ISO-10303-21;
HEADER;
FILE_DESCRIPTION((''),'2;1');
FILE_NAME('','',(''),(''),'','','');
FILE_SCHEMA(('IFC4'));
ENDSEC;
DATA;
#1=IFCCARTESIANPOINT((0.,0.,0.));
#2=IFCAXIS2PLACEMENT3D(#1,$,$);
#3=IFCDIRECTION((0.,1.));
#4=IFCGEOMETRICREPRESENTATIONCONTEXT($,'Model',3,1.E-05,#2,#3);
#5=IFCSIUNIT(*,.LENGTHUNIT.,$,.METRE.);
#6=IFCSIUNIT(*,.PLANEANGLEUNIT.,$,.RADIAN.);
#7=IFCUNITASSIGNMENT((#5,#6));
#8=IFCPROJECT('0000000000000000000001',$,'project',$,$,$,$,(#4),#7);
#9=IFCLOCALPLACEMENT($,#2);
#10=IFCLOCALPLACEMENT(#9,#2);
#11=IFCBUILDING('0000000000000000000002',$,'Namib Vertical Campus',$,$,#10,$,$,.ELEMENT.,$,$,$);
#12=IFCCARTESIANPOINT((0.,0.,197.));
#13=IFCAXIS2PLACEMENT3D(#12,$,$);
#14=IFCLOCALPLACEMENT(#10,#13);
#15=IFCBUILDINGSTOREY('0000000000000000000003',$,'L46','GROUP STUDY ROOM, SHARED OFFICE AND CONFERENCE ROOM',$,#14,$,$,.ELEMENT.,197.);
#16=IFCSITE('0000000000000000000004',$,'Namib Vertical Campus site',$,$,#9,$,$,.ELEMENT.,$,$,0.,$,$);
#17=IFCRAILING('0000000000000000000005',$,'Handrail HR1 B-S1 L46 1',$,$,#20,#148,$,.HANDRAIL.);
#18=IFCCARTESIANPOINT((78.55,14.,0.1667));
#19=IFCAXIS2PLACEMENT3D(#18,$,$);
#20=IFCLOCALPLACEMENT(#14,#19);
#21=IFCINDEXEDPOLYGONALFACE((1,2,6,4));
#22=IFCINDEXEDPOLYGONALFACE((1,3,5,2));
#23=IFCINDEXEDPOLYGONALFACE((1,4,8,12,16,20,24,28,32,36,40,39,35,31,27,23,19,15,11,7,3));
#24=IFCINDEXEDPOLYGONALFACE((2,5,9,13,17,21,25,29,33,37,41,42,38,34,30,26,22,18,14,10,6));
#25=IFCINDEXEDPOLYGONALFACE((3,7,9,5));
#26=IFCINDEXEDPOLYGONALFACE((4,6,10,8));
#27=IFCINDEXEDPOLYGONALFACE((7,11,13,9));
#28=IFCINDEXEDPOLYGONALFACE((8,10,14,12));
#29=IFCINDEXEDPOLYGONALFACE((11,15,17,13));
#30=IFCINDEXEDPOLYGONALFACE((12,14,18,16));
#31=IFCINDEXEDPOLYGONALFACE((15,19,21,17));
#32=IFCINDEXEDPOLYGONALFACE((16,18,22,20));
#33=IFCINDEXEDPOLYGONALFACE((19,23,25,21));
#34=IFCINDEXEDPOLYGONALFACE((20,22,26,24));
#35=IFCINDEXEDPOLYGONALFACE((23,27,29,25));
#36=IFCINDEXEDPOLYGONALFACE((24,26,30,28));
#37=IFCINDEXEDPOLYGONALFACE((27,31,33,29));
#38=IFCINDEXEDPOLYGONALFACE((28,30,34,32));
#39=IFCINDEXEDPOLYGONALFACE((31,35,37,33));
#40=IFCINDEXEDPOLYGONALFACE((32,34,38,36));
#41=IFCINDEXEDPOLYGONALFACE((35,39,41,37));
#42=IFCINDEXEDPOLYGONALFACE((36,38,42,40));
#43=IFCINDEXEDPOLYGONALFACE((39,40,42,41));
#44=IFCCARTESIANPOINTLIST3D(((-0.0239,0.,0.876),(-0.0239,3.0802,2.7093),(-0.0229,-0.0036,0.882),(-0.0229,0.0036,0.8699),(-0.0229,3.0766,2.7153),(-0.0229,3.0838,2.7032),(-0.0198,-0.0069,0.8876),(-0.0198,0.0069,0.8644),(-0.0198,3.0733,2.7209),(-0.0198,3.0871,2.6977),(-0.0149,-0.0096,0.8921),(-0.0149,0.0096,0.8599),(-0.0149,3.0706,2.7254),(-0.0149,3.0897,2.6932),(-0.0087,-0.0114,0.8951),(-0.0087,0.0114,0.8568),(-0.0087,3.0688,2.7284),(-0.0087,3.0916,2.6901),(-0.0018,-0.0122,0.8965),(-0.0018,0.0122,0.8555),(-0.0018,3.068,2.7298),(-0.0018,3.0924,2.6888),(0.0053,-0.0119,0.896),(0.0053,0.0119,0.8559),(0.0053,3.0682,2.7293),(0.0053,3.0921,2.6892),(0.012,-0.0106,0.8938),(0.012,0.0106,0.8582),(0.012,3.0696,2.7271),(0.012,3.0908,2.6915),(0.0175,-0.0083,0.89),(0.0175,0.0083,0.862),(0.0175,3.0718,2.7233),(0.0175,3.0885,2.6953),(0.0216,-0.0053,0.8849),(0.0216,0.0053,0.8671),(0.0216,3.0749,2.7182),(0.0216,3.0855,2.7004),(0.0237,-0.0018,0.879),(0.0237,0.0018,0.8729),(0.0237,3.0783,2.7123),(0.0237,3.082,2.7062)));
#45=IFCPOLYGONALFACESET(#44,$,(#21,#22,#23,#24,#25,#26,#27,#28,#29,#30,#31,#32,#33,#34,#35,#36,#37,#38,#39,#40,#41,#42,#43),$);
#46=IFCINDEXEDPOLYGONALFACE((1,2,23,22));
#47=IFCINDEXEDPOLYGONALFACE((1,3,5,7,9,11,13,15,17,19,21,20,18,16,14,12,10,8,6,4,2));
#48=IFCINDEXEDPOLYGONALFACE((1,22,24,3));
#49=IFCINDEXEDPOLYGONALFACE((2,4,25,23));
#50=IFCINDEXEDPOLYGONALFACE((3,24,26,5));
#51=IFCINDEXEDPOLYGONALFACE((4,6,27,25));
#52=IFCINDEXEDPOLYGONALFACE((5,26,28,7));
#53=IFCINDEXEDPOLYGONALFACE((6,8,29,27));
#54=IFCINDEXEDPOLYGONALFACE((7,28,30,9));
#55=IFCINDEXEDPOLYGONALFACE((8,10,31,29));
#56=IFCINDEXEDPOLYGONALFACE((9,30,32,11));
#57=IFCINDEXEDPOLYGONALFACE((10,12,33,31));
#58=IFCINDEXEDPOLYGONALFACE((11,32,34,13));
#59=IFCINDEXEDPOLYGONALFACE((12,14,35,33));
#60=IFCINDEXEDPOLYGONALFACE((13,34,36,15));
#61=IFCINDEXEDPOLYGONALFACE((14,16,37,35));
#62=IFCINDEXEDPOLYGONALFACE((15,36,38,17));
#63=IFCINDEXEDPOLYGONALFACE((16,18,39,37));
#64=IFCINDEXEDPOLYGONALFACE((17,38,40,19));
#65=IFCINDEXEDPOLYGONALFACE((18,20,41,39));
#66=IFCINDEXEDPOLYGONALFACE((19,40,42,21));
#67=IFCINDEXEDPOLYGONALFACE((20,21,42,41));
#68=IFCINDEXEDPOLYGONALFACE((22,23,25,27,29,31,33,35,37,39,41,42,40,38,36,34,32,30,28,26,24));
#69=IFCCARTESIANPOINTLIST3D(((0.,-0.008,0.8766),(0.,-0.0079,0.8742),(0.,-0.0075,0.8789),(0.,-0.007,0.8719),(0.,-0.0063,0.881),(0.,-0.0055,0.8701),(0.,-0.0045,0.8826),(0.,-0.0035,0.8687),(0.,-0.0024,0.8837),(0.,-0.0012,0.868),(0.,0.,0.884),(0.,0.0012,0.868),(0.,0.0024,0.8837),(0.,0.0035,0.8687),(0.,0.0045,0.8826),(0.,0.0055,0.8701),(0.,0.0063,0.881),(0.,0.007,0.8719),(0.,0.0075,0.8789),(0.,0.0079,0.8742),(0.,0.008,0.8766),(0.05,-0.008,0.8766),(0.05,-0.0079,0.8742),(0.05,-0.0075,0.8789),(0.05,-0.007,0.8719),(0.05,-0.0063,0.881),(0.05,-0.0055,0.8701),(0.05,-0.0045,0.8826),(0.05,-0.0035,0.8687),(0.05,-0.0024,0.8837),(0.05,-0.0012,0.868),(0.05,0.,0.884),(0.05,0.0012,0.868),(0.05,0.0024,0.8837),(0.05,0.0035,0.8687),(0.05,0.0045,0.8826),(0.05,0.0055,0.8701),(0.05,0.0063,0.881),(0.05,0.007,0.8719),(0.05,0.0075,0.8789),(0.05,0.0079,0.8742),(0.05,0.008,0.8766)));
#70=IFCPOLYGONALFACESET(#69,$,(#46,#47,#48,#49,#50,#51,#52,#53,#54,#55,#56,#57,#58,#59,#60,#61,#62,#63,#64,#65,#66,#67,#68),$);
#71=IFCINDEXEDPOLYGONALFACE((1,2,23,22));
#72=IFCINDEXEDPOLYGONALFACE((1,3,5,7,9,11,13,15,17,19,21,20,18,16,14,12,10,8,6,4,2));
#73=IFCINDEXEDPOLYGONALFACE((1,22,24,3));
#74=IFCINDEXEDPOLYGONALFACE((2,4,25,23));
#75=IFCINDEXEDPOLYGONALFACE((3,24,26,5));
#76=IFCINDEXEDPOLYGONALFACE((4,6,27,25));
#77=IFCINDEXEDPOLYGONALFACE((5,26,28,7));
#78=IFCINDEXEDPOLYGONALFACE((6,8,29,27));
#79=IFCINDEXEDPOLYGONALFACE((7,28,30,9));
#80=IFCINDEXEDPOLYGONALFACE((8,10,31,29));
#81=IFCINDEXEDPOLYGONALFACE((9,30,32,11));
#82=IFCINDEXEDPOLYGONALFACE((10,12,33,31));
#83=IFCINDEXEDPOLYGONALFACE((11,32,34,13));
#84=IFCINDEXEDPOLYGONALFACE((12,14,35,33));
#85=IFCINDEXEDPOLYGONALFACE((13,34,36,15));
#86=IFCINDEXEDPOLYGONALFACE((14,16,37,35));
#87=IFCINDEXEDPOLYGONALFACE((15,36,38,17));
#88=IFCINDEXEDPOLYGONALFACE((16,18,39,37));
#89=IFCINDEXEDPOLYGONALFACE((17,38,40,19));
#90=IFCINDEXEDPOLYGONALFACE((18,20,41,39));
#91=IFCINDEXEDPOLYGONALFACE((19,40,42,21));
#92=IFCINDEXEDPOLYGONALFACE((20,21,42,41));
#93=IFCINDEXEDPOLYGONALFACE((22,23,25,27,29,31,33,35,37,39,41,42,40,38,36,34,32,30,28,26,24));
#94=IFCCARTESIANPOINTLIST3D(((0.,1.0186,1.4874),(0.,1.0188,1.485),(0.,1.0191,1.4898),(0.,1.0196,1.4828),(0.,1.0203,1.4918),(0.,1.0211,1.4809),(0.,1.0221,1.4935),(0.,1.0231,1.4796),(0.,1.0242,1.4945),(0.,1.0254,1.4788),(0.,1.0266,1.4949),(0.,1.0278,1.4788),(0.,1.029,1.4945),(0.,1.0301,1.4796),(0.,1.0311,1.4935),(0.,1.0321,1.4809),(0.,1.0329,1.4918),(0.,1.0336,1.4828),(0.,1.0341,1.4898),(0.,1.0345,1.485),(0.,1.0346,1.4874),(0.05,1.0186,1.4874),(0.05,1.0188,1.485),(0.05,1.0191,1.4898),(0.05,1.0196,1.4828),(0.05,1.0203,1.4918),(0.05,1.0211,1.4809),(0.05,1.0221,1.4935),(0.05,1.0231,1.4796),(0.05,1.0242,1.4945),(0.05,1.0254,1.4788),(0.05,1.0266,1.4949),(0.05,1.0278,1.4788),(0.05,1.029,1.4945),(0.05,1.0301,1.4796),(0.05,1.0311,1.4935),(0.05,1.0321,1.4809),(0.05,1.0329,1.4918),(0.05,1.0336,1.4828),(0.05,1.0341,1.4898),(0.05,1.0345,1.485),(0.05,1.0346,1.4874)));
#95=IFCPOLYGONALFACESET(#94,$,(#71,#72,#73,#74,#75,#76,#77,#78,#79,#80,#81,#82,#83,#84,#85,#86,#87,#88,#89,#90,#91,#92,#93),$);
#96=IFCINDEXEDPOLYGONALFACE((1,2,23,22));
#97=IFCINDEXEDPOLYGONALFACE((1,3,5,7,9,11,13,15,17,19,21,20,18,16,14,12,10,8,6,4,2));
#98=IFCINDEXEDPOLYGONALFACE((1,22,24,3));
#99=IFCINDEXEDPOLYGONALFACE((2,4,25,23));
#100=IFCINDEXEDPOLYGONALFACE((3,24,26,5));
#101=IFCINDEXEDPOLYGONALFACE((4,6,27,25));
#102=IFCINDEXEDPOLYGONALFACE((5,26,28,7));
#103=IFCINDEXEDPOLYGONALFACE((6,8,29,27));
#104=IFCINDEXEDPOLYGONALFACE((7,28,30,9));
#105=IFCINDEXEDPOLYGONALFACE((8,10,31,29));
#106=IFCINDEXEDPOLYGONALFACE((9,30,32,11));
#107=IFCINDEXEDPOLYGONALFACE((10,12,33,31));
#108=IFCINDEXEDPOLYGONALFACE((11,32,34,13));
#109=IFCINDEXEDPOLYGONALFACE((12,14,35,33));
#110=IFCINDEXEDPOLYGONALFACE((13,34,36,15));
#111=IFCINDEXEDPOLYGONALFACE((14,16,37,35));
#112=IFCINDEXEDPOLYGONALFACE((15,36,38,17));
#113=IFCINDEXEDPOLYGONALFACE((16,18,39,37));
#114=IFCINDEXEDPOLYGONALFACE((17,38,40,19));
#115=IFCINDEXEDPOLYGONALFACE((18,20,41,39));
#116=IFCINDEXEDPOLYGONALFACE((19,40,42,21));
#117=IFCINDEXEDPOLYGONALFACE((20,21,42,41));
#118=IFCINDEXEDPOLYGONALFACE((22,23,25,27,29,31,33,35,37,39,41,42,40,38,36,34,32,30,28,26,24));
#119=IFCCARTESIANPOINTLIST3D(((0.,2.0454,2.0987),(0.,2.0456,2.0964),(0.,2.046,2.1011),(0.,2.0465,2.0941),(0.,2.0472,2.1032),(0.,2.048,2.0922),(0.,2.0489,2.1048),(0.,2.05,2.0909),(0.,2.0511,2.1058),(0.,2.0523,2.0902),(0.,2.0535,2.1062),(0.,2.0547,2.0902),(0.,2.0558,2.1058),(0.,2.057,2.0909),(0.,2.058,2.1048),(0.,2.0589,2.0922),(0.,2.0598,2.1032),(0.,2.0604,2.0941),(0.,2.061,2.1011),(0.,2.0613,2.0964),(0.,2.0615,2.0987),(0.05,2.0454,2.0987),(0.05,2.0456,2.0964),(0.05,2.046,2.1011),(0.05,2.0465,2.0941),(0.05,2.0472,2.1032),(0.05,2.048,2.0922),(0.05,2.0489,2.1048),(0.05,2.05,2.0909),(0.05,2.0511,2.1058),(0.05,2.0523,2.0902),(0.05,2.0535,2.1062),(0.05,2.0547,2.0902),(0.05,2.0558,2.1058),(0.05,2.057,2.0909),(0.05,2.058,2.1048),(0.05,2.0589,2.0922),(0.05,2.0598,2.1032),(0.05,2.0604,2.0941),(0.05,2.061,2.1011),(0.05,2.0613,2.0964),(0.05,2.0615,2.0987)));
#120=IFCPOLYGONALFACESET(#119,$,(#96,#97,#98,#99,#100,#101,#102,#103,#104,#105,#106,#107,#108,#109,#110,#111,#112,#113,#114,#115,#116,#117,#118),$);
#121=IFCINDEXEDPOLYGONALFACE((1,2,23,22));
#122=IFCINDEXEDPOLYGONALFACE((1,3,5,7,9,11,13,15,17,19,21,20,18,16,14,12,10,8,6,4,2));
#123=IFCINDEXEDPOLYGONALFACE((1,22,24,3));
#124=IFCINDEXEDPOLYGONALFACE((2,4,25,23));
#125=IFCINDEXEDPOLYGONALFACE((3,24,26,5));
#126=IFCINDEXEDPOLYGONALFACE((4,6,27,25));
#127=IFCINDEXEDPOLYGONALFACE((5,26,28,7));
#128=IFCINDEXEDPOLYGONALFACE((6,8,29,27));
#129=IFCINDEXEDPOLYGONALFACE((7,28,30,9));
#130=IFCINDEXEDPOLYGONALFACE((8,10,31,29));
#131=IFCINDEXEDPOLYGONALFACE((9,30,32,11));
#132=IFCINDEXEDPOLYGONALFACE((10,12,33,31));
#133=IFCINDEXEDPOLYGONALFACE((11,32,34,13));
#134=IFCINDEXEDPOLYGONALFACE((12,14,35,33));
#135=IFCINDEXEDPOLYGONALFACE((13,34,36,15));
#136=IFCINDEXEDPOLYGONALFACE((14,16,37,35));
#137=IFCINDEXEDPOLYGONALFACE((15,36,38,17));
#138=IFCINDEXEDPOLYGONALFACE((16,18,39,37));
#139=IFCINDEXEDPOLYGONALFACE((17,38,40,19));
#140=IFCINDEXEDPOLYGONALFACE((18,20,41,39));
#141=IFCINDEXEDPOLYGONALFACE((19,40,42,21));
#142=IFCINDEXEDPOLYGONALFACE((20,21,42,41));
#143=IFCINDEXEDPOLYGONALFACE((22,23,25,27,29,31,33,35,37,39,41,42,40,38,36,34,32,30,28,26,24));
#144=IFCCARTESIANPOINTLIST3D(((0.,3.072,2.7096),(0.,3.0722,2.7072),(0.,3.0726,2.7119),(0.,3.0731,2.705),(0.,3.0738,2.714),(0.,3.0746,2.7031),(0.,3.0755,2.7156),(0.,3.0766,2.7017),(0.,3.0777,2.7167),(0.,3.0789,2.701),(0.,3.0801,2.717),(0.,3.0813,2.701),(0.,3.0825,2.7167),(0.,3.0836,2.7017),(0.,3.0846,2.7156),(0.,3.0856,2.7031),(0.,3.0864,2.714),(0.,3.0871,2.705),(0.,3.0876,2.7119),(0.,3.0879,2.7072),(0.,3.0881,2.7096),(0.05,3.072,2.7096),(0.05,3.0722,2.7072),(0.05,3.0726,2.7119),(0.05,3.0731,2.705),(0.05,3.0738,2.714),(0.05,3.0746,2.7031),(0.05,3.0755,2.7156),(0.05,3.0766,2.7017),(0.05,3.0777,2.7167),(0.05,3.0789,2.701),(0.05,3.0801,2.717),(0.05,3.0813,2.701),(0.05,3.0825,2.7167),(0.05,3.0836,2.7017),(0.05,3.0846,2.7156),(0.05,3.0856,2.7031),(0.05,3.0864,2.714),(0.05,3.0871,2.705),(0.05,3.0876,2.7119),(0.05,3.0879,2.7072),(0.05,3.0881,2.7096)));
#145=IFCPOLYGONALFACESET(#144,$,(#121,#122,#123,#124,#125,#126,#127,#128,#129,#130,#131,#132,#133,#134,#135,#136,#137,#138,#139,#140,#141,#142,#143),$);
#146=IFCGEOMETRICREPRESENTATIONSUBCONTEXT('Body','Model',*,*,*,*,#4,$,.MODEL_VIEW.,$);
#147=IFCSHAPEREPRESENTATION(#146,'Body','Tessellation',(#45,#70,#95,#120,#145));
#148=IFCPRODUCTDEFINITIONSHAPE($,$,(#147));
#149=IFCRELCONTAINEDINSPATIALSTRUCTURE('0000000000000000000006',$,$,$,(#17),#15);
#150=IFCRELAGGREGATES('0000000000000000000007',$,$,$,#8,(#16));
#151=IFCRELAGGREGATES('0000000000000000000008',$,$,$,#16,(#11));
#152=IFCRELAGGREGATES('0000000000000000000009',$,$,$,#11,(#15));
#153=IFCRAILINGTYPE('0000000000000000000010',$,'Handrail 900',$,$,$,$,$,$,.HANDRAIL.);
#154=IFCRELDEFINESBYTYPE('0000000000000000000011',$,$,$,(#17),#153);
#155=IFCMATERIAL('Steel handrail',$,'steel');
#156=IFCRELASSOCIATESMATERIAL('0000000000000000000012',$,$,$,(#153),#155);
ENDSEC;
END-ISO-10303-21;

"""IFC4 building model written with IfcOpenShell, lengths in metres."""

from ifc_helpers import new_model, si_unit, direction, frame, origin, origin_2d, place, context, subcontext, project, spatial, circle, extrude, material, type_object, element, save


model = new_model("IFC4")

# Units and contexts
model_context = context("Model", 3, precision=1e-05, world=origin(), true_north=direction((0.0, 1.0)))
body_context = subcontext(model_context, "Body", "Model", "MODEL_VIEW")
ifc_project = project(units=[si_unit("LENGTHUNIT", "METRE"), si_unit("PLANEANGLEUNIT", "RADIAN")], contexts=[model_context])

# Site, building, storey
site_placement = place(None, origin())
site = spatial("IfcSite", under=ifc_project, at=site_placement, Name="Namib Vertical Campus site", CompositionType="ELEMENT", RefElevation=0.0)
building_placement = place(site_placement, origin())
building = spatial("IfcBuilding", under=site, at=building_placement, Name="Namib Vertical Campus", CompositionType="ELEMENT")
storey_placement = place(building_placement, frame((0.0, 0.0, 197.0)))
storey = spatial("IfcBuildingStorey", under=building, at=storey_placement, Name="L46", Description="GROUP STUDY ROOM, SHARED OFFICE AND CONFERENCE ROOM", CompositionType="ELEMENT", Elevation=197.0)

# Railing
ifc_material_1 = material(Name="Steel handrail", Category="steel")
railing_type_1 = type_object("IfcRailingType", Name="Handrail 900", PredefinedType="HANDRAIL", material=ifc_material_1)
railing_1_placement = place(storey_placement, frame((78.55, 14.0, 0.1667)))
element("IfcRailing", 1, at=railing_1_placement, inside=storey, type_object=railing_type_1, Name="Handrail HR1 B-S1 L46 1", PredefinedType="HANDRAIL", context=body_context, shape_type="SweptSolid", body=[
    extrude(circle(Radius=0.0239, at=origin_2d()), frame((0.0, 0.0, 0.876), z_axis=(0.0, 0.859309, 0.511458), x_axis=(-1.0, 0.0, 0.0)), (0.0, 0.0, 1.0), 3.5845),
    extrude(circle(Radius=0.0081, at=origin_2d()), frame((0.0, 0.0, 0.876), z_axis=(1.0, 0.0, 0.0), x_axis=(0.0, 0.0, 1.0)), (0.0, 0.0, 1.0), 0.05),
    extrude(circle(Radius=0.0081, at=origin_2d()), frame((0.0, 1.0266, 1.4868), z_axis=(1.0, 0.0, 0.0), x_axis=(0.0, 0.0, 1.0)), (0.0, 0.0, 1.0), 0.05),
    extrude(circle(Radius=0.0081, at=origin_2d()), frame((0.0, 2.0535, 2.0981), z_axis=(1.0, 0.0, 0.0), x_axis=(0.0, 0.0, 1.0)), (0.0, 0.0, 1.0), 0.05),
    extrude(circle(Radius=0.0081, at=origin_2d()), frame((0.0, 3.0801, 2.709), z_axis=(1.0, 0.0, 0.0), x_axis=(0.0, 0.0, 1.0)), (0.0, 0.0, 1.0), 0.05),
])

save(model, "model.ifc")
